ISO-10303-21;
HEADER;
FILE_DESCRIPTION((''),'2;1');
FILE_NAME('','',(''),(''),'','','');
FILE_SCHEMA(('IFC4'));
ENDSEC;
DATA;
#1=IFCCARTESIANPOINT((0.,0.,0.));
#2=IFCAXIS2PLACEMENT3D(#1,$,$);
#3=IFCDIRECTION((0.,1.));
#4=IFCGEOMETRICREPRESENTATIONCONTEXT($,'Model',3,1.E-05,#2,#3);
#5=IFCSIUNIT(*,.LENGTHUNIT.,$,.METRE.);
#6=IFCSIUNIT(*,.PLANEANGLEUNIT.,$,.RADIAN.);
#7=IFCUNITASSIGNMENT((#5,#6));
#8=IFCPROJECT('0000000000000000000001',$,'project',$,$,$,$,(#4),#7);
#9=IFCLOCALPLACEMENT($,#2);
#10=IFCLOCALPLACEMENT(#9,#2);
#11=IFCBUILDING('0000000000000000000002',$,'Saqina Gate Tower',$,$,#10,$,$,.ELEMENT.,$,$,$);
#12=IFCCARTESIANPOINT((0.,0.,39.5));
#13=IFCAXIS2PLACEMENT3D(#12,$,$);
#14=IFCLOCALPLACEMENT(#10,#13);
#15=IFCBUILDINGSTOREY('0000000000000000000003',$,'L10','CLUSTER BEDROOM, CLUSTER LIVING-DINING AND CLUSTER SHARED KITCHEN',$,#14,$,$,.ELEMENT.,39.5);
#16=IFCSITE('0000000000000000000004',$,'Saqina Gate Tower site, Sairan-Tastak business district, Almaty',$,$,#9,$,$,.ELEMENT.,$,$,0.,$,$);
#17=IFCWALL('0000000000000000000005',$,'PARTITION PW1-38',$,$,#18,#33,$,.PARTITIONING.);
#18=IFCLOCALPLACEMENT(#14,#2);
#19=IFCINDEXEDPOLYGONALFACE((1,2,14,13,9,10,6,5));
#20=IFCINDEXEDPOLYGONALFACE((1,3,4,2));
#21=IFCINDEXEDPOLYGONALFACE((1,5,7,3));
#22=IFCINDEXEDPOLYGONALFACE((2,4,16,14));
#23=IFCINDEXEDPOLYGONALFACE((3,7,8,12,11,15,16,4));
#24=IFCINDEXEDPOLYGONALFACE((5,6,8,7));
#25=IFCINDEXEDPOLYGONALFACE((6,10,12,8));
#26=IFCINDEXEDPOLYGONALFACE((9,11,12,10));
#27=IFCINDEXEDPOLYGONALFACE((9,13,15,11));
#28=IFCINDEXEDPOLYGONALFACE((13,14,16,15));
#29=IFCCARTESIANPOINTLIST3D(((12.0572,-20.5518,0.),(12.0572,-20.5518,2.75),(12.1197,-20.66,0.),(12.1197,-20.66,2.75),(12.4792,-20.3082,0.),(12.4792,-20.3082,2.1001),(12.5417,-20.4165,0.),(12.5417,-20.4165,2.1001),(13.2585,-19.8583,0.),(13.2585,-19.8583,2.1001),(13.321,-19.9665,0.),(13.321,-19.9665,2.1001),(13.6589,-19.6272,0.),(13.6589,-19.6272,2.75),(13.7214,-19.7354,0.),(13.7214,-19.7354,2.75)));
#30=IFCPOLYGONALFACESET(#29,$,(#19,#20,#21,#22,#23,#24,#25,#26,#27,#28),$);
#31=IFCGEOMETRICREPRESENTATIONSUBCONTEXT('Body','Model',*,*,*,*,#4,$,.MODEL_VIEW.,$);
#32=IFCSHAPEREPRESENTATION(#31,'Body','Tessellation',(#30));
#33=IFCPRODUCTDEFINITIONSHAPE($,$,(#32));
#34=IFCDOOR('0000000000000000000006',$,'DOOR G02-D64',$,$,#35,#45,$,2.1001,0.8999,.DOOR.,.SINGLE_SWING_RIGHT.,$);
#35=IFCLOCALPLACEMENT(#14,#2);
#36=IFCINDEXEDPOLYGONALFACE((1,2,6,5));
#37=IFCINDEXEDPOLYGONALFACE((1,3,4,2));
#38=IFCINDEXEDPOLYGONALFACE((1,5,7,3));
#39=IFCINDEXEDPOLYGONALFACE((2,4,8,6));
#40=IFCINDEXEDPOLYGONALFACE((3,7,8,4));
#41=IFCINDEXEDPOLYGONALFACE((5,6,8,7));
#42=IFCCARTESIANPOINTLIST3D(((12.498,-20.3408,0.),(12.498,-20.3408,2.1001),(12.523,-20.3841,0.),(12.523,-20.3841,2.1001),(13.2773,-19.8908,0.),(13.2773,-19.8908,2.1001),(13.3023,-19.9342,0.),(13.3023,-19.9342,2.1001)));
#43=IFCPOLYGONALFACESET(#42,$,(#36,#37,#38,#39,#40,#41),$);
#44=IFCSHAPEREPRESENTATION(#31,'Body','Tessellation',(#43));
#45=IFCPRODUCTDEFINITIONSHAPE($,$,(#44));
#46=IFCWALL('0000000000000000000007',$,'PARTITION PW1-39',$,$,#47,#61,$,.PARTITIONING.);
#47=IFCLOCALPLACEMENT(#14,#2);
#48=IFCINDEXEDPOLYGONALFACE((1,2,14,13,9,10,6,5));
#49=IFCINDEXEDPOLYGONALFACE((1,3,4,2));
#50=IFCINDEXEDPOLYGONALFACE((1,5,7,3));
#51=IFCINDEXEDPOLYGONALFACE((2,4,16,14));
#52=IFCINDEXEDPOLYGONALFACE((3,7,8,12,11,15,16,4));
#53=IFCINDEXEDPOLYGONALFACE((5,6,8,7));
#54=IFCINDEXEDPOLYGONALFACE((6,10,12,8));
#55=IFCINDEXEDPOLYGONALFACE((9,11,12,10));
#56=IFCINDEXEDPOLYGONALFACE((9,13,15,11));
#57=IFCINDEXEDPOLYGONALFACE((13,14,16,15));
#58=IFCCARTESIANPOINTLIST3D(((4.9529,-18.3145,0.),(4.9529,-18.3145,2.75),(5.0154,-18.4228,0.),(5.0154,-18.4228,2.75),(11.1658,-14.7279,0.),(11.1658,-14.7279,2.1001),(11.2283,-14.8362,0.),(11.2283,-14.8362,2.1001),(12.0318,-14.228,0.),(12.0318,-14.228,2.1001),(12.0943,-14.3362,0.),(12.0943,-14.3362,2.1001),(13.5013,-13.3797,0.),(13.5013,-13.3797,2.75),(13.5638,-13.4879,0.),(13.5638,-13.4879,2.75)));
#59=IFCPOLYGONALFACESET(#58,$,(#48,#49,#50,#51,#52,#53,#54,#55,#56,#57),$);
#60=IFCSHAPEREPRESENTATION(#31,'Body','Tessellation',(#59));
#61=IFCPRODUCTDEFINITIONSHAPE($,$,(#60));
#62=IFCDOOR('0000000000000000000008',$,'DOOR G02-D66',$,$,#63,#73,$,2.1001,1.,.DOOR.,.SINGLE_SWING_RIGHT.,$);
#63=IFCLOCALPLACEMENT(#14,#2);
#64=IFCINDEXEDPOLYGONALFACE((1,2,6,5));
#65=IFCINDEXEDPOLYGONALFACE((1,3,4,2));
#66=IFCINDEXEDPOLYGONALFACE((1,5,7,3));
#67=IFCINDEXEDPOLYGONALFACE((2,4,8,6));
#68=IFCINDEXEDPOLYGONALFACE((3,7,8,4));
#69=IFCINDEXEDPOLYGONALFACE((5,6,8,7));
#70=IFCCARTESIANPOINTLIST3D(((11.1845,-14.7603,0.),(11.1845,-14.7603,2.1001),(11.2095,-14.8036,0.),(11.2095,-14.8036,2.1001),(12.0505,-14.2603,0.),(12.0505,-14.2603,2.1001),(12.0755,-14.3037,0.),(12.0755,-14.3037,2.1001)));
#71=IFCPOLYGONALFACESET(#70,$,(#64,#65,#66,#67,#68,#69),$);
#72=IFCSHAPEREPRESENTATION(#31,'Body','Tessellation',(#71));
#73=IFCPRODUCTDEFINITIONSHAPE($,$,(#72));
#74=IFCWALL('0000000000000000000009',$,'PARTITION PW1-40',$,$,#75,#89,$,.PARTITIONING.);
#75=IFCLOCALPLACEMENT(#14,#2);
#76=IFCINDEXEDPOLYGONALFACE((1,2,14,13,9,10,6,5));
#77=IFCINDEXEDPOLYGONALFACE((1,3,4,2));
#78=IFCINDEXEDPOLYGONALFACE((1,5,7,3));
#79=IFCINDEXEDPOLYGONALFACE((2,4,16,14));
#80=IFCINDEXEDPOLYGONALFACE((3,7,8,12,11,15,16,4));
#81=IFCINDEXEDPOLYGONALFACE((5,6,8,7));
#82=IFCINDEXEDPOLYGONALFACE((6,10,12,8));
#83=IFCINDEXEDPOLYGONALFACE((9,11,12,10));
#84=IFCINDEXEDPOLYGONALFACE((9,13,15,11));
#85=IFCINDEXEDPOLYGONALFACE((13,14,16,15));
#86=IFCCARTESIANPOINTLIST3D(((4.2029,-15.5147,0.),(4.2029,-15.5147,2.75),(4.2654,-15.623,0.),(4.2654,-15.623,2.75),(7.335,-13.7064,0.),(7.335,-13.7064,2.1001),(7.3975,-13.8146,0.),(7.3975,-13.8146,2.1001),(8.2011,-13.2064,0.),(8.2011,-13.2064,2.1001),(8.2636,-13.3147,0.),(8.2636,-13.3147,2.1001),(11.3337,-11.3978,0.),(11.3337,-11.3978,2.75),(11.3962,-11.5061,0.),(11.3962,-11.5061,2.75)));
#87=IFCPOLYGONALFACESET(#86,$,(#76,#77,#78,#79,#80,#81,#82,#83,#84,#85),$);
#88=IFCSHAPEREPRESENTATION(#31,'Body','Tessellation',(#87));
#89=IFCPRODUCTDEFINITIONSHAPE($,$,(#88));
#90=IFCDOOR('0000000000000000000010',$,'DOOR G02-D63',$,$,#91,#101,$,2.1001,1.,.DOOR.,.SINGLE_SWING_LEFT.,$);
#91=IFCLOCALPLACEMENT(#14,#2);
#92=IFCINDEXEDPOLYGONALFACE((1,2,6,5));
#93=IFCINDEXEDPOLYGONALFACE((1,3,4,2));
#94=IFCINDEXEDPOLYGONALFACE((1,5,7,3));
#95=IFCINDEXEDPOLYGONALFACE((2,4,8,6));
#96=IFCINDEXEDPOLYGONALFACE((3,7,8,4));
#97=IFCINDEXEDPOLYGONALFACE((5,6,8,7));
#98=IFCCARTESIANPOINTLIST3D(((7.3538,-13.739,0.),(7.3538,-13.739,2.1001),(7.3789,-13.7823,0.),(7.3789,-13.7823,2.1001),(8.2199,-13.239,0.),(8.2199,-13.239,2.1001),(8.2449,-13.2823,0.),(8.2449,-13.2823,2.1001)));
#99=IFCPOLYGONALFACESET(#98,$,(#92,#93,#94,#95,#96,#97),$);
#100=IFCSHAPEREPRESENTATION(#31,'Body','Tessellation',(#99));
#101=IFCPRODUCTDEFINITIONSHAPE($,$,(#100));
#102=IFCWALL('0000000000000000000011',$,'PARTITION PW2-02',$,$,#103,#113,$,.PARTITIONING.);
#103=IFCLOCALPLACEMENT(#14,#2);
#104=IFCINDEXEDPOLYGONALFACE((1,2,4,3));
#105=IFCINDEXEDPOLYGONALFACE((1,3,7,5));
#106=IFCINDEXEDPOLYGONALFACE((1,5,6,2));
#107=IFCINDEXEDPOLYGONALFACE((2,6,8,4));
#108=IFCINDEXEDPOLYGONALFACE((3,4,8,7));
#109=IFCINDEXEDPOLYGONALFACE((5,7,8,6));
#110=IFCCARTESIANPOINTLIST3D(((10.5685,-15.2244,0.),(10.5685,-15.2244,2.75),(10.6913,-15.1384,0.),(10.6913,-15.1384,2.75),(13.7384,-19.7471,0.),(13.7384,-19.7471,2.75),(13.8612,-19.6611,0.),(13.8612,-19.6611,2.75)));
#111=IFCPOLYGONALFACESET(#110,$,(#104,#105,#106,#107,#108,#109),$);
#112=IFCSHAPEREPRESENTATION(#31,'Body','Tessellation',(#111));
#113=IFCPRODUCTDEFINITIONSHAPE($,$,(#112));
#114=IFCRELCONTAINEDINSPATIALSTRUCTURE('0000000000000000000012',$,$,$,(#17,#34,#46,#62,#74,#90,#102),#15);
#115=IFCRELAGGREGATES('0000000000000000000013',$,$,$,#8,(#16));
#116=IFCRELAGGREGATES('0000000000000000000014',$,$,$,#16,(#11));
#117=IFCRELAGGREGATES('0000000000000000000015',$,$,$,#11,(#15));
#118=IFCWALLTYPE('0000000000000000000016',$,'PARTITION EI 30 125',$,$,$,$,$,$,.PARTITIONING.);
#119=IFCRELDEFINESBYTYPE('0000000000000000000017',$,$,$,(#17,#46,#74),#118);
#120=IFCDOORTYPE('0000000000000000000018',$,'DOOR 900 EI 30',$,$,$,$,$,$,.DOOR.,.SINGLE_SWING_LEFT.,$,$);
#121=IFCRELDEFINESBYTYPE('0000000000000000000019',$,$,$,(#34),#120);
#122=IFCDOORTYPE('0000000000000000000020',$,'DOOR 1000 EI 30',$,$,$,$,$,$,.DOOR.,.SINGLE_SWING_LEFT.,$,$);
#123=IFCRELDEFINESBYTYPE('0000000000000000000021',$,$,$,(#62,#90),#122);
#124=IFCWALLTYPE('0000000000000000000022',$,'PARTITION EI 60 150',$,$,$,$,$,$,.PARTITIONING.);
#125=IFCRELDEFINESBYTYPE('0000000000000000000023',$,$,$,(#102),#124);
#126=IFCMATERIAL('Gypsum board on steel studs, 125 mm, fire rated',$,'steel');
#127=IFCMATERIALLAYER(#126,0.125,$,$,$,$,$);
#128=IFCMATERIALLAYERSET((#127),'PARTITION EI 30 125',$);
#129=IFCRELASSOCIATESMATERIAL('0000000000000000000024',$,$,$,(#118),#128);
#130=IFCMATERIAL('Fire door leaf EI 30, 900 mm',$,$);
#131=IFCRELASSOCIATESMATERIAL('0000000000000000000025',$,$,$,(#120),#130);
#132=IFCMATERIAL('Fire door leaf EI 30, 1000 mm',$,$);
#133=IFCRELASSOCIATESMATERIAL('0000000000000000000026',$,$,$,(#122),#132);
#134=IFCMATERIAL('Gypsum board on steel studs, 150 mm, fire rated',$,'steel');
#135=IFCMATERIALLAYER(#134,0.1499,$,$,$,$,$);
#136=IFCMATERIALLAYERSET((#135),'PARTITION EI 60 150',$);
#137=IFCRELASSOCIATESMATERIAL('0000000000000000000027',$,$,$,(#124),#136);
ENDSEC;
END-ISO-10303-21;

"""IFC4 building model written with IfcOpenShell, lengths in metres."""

from ifc_helpers import new_model, si_unit, direction, frame, frame_2d, origin, place, context, subcontext, project, spatial, rectangle, extrude, material, layer, layer_set, type_object, element, fill, save


model = new_model("IFC4")

# Units and contexts
model_context = context("Model", 3, precision=1e-05, world=origin(), true_north=direction((0.0, 1.0)))
body_context = subcontext(model_context, "Body", "Model", "MODEL_VIEW")
ifc_project = project(units=[si_unit("LENGTHUNIT", "METRE"), si_unit("PLANEANGLEUNIT", "RADIAN")], contexts=[model_context])

# Site, building, storey
site_placement = place(None, origin())
site = spatial("IfcSite", under=ifc_project, at=site_placement, Name="Saqina Gate Tower site, Sairan-Tastak business district, Almaty", CompositionType="ELEMENT", RefElevation=0.0)
building_placement = place(site_placement, origin())
building = spatial("IfcBuilding", under=site, at=building_placement, Name="Saqina Gate Tower", CompositionType="ELEMENT")
storey_placement = place(building_placement, frame((0.0, 0.0, 39.5)))
storey = spatial("IfcBuildingStorey", under=building, at=storey_placement, Name="L10", Description="CLUSTER BEDROOM, CLUSTER LIVING-DINING AND CLUSTER SHARED KITCHEN", CompositionType="ELEMENT", Elevation=39.5)

# Walls, openings, doors
ifc_material_1 = material(Name="Gypsum board on steel studs, 125 mm, fire rated", Category="steel")
ifc_layer_1 = layer(ifc_material_1, 0.125)
ifc_layer_set_1 = layer_set([ifc_layer_1], Name="PARTITION EI 30 125")
wall_type_1 = type_object("IfcWallType", Name="PARTITION EI 30 125", PredefinedType="PARTITIONING", material=ifc_layer_set_1)
wall_1_placement = place(storey_placement, frame((12.0884, -20.606, 0.0), z_axis=(0.0, 0.0, 1.0), x_axis=(0.866049, 0.499959, 0.0)))
wall_1 = element("IfcWall", 1, at=wall_1_placement, inside=storey, type_object=wall_type_1, Name="PARTITION PW1-38", PredefinedType="PARTITIONING", context=body_context, shape_type="SweptSolid", body=[
    extrude(rectangle(XDim=1.8494, YDim=0.125, at=frame_2d((0.9248, 0.0))), origin(), (0.0, 0.0, 1.0), 2.75),
])
opening_1_placement = place(wall_1_placement, frame((0.4873, 0.0, 0.0)))
opening_1 = element("IfcOpeningElement", 2, at=opening_1_placement, cuts=wall_1, PredefinedType="OPENING", context=body_context, shape_type="SweptSolid", body=[
    extrude(rectangle(XDim=0.8999, YDim=2.1001, at=frame_2d((0.45, 1.05))), frame((0.0, 0.0745, 0.0), z_axis=(0.0, -1.0, 0.0), x_axis=(1.0, 0.0, 0.0)), (0.0, 0.0, 1.0), 0.1489),
])
ifc_material_2 = material(Name="Fire door leaf EI 30, 900 mm")
door_type_1 = type_object("IfcDoorType", Name="DOOR 900 EI 30", OperationType="SINGLE_SWING_LEFT", PredefinedType="DOOR", material=ifc_material_2)
door_1_placement = place(opening_1_placement, origin())
door_1 = element("IfcDoor", 3, at=door_1_placement, inside=storey, type_object=door_type_1, Name="DOOR G02-D64", OperationType="SINGLE_SWING_RIGHT", OverallHeight=2.1001, OverallWidth=0.8999, PredefinedType="DOOR", context=body_context, shape_type="SweptSolid", body=[
    extrude(rectangle(XDim=0.8999, YDim=2.1001, at=frame_2d((0.45, 1.05))), frame((0.0, 0.0249, 0.0), z_axis=(0.0, -1.0, 0.0), x_axis=(1.0, 0.0, 0.0)), (0.0, 0.0, 1.0), 0.05),
])
fill(opening_1, door_1)
wall_2_placement = place(storey_placement, frame((4.9841, -18.3687, 0.0), z_axis=(0.0, 0.0, 1.0), x_axis=(0.86605, 0.499957, 0.0)))
wall_2 = element("IfcWall", 4, at=wall_2_placement, inside=storey, type_object=wall_type_1, Name="PARTITION PW1-39", PredefinedType="PARTITIONING", context=body_context, shape_type="SweptSolid", body=[
    extrude(rectangle(XDim=9.8706, YDim=0.125, at=frame_2d((4.9353, 0.0))), origin(), (0.0, 0.0, 1.0), 2.75),
])
opening_2_placement = place(wall_2_placement, frame((7.1738, 0.0, 0.0)))
opening_2 = element("IfcOpeningElement", 5, at=opening_2_placement, cuts=wall_2, PredefinedType="OPENING", context=body_context, shape_type="SweptSolid", body=[
    extrude(rectangle(XDim=1.0, YDim=2.1001, at=frame_2d((0.5, 1.05))), frame((0.0, 0.0745, 0.0), z_axis=(0.0, -1.0, 0.0), x_axis=(1.0, 0.0, 0.0)), (0.0, 0.0, 1.0), 0.1489),
])
ifc_material_3 = material(Name="Fire door leaf EI 30, 1000 mm")
door_type_2 = type_object("IfcDoorType", Name="DOOR 1000 EI 30", OperationType="SINGLE_SWING_LEFT", PredefinedType="DOOR", material=ifc_material_3)
door_2_placement = place(opening_2_placement, frame((1.0, 0.0, 0.0), z_axis=(0.0, 0.0, 1.0), x_axis=(-1.0, 0.0, 0.0)))
door_2 = element("IfcDoor", 6, at=door_2_placement, inside=storey, type_object=door_type_2, Name="DOOR G02-D66", OperationType="SINGLE_SWING_RIGHT", OverallHeight=2.1001, OverallWidth=1.0, PredefinedType="DOOR", context=body_context, shape_type="SweptSolid", body=[
    extrude(rectangle(XDim=1.0, YDim=2.1001, at=frame_2d((0.5, 1.05))), frame((0.0, 0.0249, 0.0), z_axis=(0.0, -1.0, 0.0), x_axis=(1.0, 0.0, 0.0)), (0.0, 0.0, 1.0), 0.05),
])
fill(opening_2, door_2)
wall_3_placement = place(storey_placement, frame((4.2341, -15.5688, 0.0), z_axis=(0.0, 0.0, 1.0), x_axis=(0.866029, 0.499995, 0.0)))
wall_3 = element("IfcWall", 7, at=wall_3_placement, inside=storey, type_object=wall_type_1, Name="PARTITION PW1-40", PredefinedType="PARTITIONING", context=body_context, shape_type="SweptSolid", body=[
    extrude(rectangle(XDim=8.2339, YDim=0.125, at=frame_2d((4.1169, 0.0))), origin(), (0.0, 0.0, 1.0), 2.75),
])
opening_3_placement = place(wall_3_placement, frame((3.6167, 0.0, 0.0)))
opening_3 = element("IfcOpeningElement", 8, at=opening_3_placement, cuts=wall_3, PredefinedType="OPENING", context=body_context, shape_type="SweptSolid", body=[
    extrude(rectangle(XDim=1.0, YDim=2.1001, at=frame_2d((0.5, 1.05))), frame((0.0, 0.0745, 0.0), z_axis=(0.0, -1.0, 0.0), x_axis=(1.0, 0.0, 0.0)), (0.0, 0.0, 1.0), 0.1489),
])
door_3_placement = place(opening_3_placement, origin())
door_3 = element("IfcDoor", 9, at=door_3_placement, inside=storey, type_object=door_type_2, Name="DOOR G02-D63", OperationType="SINGLE_SWING_LEFT", OverallHeight=2.1001, OverallWidth=1.0, PredefinedType="DOOR", context=body_context, shape_type="SweptSolid", body=[
    extrude(rectangle(XDim=1.0, YDim=2.1001, at=frame_2d((0.5, 1.05))), frame((0.0, 0.0249, 0.0), z_axis=(0.0, -1.0, 0.0), x_axis=(1.0, 0.0, 0.0)), (0.0, 0.0, 1.0), 0.05),
])
fill(opening_3, door_3)

# Wall
ifc_material_4 = material(Name="Gypsum board on steel studs, 150 mm, fire rated", Category="steel")
ifc_layer_2 = layer(ifc_material_4, 0.1499)
ifc_layer_set_2 = layer_set([ifc_layer_2], Name="PARTITION EI 60 150")
wall_type_2 = type_object("IfcWallType", Name="PARTITION EI 60 150", PredefinedType="PARTITIONING", material=ifc_layer_set_2)
wall_4_placement = place(storey_placement, frame((10.6299, -15.1814, 0.0), z_axis=(0.0, 0.0, 1.0), x_axis=(0.573952, -0.818889, 0.0)))
element("IfcWall", 10, at=wall_4_placement, inside=storey, type_object=wall_type_2, Name="PARTITION PW2-02", PredefinedType="PARTITIONING", context=body_context, shape_type="SweptSolid", body=[
    extrude(rectangle(XDim=5.5229, YDim=0.1499, at=frame_2d((2.7615, 0.0))), origin(), (0.0, 0.0, 1.0), 2.75),
])

save(model, "model.ifc")
